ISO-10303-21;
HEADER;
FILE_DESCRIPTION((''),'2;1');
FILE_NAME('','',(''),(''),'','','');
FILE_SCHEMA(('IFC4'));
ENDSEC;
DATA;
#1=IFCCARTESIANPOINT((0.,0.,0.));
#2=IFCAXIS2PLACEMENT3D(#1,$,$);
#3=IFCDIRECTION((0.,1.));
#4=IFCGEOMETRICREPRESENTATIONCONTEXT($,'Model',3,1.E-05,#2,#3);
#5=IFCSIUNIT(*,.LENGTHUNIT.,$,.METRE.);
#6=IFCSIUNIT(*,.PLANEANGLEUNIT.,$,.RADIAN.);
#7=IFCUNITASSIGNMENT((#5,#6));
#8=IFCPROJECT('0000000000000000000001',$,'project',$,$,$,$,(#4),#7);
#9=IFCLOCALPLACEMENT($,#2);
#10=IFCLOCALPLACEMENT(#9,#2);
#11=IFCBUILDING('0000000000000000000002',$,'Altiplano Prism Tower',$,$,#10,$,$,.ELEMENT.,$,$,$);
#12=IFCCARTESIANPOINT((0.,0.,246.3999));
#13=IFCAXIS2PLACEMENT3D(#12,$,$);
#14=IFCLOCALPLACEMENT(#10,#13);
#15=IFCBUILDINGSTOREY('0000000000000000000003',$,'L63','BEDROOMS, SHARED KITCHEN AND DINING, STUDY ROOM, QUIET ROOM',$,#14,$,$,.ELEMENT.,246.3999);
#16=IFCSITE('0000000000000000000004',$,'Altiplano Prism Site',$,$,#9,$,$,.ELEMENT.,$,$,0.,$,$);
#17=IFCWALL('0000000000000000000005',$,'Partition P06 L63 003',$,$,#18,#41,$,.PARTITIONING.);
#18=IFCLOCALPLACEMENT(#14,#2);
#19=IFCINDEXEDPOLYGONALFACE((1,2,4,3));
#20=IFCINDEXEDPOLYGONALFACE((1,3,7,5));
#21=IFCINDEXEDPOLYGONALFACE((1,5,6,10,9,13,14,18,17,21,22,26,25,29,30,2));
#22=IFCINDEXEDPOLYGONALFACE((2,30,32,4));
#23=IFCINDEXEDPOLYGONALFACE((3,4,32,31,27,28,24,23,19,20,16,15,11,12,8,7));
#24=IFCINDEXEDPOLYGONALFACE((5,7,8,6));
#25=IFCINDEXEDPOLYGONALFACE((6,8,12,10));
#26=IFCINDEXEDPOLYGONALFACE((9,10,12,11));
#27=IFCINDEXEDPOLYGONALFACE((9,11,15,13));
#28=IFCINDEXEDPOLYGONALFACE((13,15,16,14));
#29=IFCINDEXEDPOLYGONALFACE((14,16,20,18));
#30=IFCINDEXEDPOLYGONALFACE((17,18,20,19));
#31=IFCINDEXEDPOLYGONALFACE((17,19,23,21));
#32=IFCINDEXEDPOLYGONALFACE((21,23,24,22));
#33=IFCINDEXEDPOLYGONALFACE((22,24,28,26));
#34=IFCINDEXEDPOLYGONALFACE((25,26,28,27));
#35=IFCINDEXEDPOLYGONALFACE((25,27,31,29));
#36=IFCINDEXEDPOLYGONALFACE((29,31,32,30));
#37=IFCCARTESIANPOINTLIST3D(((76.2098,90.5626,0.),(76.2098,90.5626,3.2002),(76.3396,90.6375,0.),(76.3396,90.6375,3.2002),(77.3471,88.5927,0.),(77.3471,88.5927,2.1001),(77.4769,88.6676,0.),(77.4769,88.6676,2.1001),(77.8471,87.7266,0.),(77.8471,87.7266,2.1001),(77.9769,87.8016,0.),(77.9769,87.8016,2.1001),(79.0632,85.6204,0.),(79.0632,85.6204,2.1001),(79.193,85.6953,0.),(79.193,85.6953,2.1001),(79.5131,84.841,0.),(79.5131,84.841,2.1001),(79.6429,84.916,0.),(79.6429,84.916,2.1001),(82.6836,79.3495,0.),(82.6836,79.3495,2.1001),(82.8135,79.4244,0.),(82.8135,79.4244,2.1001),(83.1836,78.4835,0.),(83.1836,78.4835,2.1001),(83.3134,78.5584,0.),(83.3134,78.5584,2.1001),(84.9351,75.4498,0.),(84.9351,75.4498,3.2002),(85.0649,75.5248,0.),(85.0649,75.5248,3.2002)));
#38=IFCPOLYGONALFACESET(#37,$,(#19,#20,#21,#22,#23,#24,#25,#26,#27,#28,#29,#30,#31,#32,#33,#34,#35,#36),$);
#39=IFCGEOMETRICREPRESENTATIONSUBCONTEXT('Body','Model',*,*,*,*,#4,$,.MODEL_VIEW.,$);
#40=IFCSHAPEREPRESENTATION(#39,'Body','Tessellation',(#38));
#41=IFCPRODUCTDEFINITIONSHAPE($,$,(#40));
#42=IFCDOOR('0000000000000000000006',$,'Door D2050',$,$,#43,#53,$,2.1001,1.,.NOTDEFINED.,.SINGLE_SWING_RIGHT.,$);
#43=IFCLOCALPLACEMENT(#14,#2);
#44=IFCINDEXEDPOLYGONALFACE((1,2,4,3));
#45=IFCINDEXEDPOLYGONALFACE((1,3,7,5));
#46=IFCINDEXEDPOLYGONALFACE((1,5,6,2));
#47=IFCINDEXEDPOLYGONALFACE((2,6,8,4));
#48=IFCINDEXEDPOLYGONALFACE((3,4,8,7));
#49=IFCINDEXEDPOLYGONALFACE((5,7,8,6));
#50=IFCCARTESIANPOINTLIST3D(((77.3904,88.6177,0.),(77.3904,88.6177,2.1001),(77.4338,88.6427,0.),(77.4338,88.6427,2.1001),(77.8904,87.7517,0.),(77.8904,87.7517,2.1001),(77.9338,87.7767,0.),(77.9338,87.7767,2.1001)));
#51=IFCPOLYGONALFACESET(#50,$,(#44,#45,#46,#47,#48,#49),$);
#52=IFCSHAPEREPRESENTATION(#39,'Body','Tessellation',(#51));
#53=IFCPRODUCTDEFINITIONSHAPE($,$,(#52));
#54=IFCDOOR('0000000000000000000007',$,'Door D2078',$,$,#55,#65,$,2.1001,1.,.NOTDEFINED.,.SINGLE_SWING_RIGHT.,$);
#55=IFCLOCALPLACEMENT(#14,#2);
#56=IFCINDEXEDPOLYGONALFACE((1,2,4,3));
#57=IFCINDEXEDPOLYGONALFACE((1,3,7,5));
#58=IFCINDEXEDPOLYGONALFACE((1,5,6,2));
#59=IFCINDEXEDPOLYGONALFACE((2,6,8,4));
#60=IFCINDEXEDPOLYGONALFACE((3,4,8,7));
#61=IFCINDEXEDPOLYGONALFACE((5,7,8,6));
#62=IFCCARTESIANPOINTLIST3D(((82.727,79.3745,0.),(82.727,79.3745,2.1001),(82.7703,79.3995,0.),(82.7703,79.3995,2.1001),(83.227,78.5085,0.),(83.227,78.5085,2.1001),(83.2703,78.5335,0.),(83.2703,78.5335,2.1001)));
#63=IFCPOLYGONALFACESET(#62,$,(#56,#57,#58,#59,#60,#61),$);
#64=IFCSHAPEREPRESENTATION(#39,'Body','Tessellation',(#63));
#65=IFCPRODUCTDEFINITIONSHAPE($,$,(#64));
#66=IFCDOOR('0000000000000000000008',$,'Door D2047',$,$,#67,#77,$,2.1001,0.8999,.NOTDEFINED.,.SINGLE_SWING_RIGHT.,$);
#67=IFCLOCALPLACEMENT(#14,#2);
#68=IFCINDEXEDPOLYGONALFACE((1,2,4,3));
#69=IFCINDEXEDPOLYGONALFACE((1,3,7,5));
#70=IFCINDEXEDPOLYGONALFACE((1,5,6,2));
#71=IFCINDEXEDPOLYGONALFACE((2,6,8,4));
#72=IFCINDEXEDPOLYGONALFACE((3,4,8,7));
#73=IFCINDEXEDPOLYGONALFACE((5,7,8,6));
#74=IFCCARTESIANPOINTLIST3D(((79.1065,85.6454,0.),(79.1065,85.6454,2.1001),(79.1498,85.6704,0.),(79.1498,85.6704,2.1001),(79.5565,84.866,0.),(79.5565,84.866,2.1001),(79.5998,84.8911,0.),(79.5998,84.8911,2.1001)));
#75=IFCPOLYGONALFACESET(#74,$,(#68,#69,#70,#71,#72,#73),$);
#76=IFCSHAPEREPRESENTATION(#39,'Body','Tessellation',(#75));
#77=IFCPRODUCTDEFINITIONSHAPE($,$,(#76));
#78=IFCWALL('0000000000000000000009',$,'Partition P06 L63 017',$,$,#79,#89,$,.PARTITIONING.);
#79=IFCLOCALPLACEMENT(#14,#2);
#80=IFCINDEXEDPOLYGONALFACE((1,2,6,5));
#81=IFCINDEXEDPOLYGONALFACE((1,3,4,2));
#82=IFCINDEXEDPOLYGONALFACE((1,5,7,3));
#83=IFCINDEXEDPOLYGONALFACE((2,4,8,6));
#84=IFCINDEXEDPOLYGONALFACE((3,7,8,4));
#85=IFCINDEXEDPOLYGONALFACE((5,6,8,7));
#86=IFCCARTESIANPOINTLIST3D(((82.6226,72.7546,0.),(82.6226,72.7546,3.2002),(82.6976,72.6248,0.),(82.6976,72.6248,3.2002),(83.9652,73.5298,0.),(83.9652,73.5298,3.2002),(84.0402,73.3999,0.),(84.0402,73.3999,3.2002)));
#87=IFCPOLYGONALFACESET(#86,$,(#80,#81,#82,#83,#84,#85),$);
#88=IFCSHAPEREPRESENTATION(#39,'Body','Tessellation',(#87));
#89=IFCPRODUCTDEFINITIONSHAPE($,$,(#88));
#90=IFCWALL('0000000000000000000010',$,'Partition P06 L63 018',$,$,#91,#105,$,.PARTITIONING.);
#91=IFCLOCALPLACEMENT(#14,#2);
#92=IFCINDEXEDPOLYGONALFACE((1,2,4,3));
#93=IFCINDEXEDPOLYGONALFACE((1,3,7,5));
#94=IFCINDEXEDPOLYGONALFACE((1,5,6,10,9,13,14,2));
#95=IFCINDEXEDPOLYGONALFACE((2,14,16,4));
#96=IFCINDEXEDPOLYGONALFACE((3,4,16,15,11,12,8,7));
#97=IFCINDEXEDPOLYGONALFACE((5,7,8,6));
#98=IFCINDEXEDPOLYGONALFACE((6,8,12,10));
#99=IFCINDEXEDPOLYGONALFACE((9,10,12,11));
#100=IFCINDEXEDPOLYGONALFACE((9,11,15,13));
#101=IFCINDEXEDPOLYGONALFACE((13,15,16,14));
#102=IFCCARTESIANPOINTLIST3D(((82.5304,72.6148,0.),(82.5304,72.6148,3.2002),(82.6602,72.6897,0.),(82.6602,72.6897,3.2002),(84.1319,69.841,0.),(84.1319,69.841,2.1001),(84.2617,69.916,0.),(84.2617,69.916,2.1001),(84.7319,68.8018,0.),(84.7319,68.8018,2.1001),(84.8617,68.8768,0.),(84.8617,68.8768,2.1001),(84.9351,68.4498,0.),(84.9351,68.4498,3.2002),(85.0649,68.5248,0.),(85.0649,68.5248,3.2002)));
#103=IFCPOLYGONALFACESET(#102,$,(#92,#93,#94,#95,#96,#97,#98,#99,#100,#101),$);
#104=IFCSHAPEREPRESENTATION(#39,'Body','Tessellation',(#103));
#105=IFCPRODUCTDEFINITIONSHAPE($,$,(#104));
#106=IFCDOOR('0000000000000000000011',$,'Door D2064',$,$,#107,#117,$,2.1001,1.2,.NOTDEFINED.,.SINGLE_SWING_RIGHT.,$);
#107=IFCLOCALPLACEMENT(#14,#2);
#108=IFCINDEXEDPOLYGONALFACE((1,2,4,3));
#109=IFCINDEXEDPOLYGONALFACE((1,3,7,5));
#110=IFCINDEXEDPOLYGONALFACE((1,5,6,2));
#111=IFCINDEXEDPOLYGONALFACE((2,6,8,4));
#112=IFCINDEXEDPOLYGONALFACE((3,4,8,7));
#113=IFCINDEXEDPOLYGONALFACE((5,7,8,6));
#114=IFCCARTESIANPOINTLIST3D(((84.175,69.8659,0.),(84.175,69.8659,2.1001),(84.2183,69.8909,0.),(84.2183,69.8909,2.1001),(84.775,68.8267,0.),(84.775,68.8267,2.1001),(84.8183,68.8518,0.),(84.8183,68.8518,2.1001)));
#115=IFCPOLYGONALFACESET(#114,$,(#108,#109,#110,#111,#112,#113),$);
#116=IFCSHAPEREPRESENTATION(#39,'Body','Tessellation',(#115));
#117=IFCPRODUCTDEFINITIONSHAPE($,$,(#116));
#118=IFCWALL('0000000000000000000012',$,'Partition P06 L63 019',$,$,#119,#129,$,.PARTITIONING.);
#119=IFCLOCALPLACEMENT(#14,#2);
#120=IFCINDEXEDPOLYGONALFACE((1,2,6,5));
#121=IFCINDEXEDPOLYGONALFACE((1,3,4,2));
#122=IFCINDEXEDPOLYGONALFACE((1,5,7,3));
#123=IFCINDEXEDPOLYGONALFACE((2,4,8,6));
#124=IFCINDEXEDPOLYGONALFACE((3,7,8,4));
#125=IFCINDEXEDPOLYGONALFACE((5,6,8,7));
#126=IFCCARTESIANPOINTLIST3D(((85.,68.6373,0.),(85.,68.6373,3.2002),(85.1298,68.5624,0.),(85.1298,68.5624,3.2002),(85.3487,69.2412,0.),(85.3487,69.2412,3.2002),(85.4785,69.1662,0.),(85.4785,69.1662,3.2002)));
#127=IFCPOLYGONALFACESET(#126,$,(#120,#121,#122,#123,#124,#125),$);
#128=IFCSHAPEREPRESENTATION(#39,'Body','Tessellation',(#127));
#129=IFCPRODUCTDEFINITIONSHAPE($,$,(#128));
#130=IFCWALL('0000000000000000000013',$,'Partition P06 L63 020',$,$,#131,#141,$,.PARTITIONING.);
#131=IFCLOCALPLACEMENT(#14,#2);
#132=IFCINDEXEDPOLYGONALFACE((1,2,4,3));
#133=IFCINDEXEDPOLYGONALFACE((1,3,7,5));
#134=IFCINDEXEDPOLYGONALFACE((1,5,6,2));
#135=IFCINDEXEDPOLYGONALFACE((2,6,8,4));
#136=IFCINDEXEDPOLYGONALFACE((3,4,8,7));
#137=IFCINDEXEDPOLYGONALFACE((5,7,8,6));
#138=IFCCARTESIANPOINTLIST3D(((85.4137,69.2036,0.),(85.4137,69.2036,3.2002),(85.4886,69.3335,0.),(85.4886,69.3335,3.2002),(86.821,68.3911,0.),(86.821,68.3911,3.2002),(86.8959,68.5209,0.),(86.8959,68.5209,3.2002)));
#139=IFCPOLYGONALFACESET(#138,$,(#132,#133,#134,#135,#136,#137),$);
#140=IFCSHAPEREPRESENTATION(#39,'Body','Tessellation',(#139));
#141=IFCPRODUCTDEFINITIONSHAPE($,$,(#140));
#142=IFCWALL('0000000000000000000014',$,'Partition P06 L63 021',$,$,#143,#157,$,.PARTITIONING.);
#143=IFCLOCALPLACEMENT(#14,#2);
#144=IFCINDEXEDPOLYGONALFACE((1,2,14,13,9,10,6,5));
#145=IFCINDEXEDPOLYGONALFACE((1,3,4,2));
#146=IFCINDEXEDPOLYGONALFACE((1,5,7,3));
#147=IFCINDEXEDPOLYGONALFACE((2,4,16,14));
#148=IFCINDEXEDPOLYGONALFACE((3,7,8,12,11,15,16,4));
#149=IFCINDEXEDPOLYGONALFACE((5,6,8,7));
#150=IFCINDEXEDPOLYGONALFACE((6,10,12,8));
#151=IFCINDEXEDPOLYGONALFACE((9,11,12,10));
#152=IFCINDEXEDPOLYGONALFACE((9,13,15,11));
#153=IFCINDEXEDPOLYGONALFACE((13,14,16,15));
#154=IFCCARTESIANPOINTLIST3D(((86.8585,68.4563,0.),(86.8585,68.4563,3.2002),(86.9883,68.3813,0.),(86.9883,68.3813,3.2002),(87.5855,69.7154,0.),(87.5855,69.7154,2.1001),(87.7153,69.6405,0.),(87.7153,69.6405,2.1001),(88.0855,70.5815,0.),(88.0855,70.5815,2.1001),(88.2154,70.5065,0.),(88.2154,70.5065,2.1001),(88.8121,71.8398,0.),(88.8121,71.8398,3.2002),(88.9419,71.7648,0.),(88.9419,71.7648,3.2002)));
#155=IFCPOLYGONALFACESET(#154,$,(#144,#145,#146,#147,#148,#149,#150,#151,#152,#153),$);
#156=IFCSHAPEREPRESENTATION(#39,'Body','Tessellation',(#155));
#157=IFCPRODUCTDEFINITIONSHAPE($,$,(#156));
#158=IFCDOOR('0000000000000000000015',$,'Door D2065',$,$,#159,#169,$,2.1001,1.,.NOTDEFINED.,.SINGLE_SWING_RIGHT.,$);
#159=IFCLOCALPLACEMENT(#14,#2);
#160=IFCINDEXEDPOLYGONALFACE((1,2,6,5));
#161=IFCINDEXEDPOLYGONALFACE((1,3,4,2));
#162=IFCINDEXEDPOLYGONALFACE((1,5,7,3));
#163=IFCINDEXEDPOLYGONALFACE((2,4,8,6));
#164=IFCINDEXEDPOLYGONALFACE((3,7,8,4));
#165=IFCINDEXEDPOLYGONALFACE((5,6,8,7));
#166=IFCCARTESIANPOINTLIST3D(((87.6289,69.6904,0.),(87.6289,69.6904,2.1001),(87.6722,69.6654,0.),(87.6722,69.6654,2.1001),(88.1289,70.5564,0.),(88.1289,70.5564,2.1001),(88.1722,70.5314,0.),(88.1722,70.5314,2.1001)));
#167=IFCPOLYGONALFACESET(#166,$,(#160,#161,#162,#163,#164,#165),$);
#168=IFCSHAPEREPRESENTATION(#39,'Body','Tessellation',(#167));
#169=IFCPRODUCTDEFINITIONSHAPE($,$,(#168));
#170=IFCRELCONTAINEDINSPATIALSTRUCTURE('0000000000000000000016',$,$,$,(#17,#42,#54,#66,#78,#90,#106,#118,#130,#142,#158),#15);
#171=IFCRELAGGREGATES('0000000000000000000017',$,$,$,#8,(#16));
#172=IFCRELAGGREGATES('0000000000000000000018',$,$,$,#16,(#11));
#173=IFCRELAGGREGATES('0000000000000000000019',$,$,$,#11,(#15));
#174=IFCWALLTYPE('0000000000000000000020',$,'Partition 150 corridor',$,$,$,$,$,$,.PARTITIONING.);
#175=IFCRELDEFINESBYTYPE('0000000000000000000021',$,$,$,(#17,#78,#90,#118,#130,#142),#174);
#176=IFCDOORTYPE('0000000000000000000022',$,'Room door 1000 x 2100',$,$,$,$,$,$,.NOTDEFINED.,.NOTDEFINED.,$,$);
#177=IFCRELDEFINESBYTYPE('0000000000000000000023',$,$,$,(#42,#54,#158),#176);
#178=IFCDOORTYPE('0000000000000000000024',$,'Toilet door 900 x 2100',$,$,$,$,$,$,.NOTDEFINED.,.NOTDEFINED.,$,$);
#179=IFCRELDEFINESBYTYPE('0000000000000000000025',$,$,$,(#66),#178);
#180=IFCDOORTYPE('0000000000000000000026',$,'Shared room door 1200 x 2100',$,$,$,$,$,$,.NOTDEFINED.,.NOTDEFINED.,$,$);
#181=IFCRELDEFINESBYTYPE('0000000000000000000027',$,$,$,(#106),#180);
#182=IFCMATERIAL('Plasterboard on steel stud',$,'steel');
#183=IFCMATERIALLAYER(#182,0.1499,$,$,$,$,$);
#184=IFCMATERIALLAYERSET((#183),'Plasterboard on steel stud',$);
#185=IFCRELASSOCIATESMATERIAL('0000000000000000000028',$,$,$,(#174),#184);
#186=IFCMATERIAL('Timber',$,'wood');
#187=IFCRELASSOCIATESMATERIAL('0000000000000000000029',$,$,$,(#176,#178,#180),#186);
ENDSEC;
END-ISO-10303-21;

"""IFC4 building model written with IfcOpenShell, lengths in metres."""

from ifc_helpers import new_model, si_unit, direction, frame, frame_2d, origin, place, context, subcontext, project, spatial, rectangle, extrude, material, layer, layer_set, type_object, element, fill, save


model = new_model("IFC4")

# Units and contexts
model_context = context("Model", 3, precision=1e-05, world=origin(), true_north=direction((0.0, 1.0)))
body_context = subcontext(model_context, "Body", "Model", "MODEL_VIEW")
ifc_project = project(units=[si_unit("LENGTHUNIT", "METRE"), si_unit("PLANEANGLEUNIT", "RADIAN")], contexts=[model_context])

# Site, building, storey
site_placement = place(None, origin())
site = spatial("IfcSite", under=ifc_project, at=site_placement, Name="Altiplano Prism Site", CompositionType="ELEMENT", RefElevation=0.0)
building_placement = place(site_placement, origin())
building = spatial("IfcBuilding", under=site, at=building_placement, Name="Altiplano Prism Tower", CompositionType="ELEMENT")
storey_placement = place(building_placement, frame((0.0, 0.0, 246.3999)))
storey = spatial("IfcBuildingStorey", under=building, at=storey_placement, Name="L63", Description="BEDROOMS, SHARED KITCHEN AND DINING, STUDY ROOM, QUIET ROOM", CompositionType="ELEMENT", Elevation=246.3999)

# Shared definitions
ifc_material_1 = material(Name="Plasterboard on steel stud", Category="steel")

# Shared definitions
ifc_material_2 = material(Name="Timber", Category="wood")

# Wall, openings, doors
ifc_layer_1 = layer(ifc_material_1, 0.1499)
ifc_layer_set_1 = layer_set([ifc_layer_1], Name="Plasterboard on steel stud")
wall_type_1 = type_object("IfcWallType", Name="Partition 150 corridor", PredefinedType="PARTITIONING", material=ifc_layer_set_1)
wall_1_placement = place(storey_placement, frame((85.0, 75.4873, 0.0), z_axis=(0.0, 0.0, 1.0), x_axis=(-0.499999, 0.866026, 0.0)))
wall_1 = element("IfcWall", 1, at=wall_1_placement, inside=storey, type_object=wall_type_1, Name="Partition P06 L63 003", PredefinedType="PARTITIONING", context=body_context, shape_type="SweptSolid", body=[
    extrude(rectangle(XDim=17.4507, YDim=0.1499, at=frame_2d((8.7253, 0.0))), origin(), (0.0, 0.0, 1.0), 3.2002),
])
opening_1_placement = place(wall_1_placement, frame((10.844, 0.0, 0.0)))
opening_1 = element("IfcOpeningElement", 2, at=opening_1_placement, cuts=wall_1, PredefinedType="OPENING", context=body_context, shape_type="SweptSolid", body=[
    extrude(rectangle(XDim=0.8999, YDim=2.1001, at=frame_2d((0.45, 1.05))), frame((0.0, 0.0854, 0.0), z_axis=(0.0, -1.0, 0.0), x_axis=(1.0, 0.0, 0.0)), (0.0, 0.0, 1.0), 0.1709),
])
opening_2_placement = place(wall_1_placement, frame((14.176, 0.0, 0.0)))
opening_2 = element("IfcOpeningElement", 3, at=opening_2_placement, cuts=wall_1, PredefinedType="OPENING", context=body_context, shape_type="SweptSolid", body=[
    extrude(rectangle(XDim=1.0, YDim=2.1001, at=frame_2d((0.5, 1.05))), frame((0.0, 0.0854, 0.0), z_axis=(0.0, -1.0, 0.0), x_axis=(1.0, 0.0, 0.0)), (0.0, 0.0, 1.0), 0.1709),
])
opening_3_placement = place(wall_1_placement, frame((3.5029, 0.0, 0.0)))
opening_3 = element("IfcOpeningElement", 4, at=opening_3_placement, cuts=wall_1, PredefinedType="OPENING", context=body_context, shape_type="SweptSolid", body=[
    extrude(rectangle(XDim=1.0, YDim=2.1001, at=frame_2d((0.5, 1.05))), frame((0.0, 0.0854, 0.0), z_axis=(0.0, -1.0, 0.0), x_axis=(1.0, 0.0, 0.0)), (0.0, 0.0, 1.0), 0.1709),
])
door_type_1 = type_object("IfcDoorType", Name="Room door 1000 x 2100", OperationType="NOTDEFINED", PredefinedType="NOTDEFINED", material=ifc_material_2)
door_1_placement = place(opening_2_placement, origin())
door_1 = element("IfcDoor", 5, at=door_1_placement, inside=storey, type_object=door_type_1, Name="Door D2050", OperationType="SINGLE_SWING_RIGHT", OverallHeight=2.1001, OverallWidth=1.0, PredefinedType="NOTDEFINED", context=body_context, shape_type="SweptSolid", body=[
    extrude(rectangle(XDim=1.0, YDim=2.1001, at=frame_2d((0.5, 1.05))), frame((0.0, 0.0249, 0.0), z_axis=(0.0, -1.0, 0.0), x_axis=(1.0, 0.0, 0.0)), (0.0, 0.0, 1.0), 0.05),
])
fill(opening_2, door_1)
door_2_placement = place(opening_3_placement, origin())
door_2 = element("IfcDoor", 6, at=door_2_placement, inside=storey, type_object=door_type_1, Name="Door D2078", OperationType="SINGLE_SWING_RIGHT", OverallHeight=2.1001, OverallWidth=1.0, PredefinedType="NOTDEFINED", context=body_context, shape_type="SweptSolid", body=[
    extrude(rectangle(XDim=1.0, YDim=2.1001, at=frame_2d((0.5, 1.05))), frame((0.0, 0.0249, 0.0), z_axis=(0.0, -1.0, 0.0), x_axis=(1.0, 0.0, 0.0)), (0.0, 0.0, 1.0), 0.05),
])
fill(opening_3, door_2)
door_type_2 = type_object("IfcDoorType", Name="Toilet door 900 x 2100", OperationType="NOTDEFINED", PredefinedType="NOTDEFINED", material=ifc_material_2)
door_3_placement = place(opening_1_placement, origin())
door_3 = element("IfcDoor", 7, at=door_3_placement, inside=storey, type_object=door_type_2, Name="Door D2047", OperationType="SINGLE_SWING_RIGHT", OverallHeight=2.1001, OverallWidth=0.8999, PredefinedType="NOTDEFINED", context=body_context, shape_type="SweptSolid", body=[
    extrude(rectangle(XDim=0.8999, YDim=2.1001, at=frame_2d((0.45, 1.05))), frame((0.0, 0.0249, 0.0), z_axis=(0.0, -1.0, 0.0), x_axis=(1.0, 0.0, 0.0)), (0.0, 0.0, 1.0), 0.05),
])
fill(opening_1, door_3)

# Wall
wall_2_placement = place(storey_placement, frame((84.0027, 73.4648, 0.0), z_axis=(0.0, 0.0, 1.0), x_axis=(-0.866015, -0.500018, 0.0)))
element("IfcWall", 8, at=wall_2_placement, inside=storey, type_object=wall_type_1, Name="Partition P06 L63 017", PredefinedType="PARTITIONING", context=body_context, shape_type="SweptSolid", body=[
    extrude(rectangle(XDim=1.5503, YDim=0.1499, at=frame_2d((0.7751, 0.0))), origin(), (0.0, 0.0, 1.0), 3.2002),
])

# Wall, opening, door
wall_3_placement = place(storey_placement, frame((82.5952, 72.6523, 0.0), z_axis=(0.0, 0.0, 1.0), x_axis=(0.500015, -0.866017, 0.0)))
wall_3 = element("IfcWall", 9, at=wall_3_placement, inside=storey, type_object=wall_type_1, Name="Partition P06 L63 018", PredefinedType="PARTITIONING", context=body_context, shape_type="SweptSolid", body=[
    extrude(rectangle(XDim=4.8093, YDim=0.1499, at=frame_2d((2.4048, 0.0))), origin(), (0.0, 0.0, 1.0), 3.2002),
])
opening_4_placement = place(wall_3_placement, frame((3.2029, 0.0, 0.0)))
opening_4 = element("IfcOpeningElement", 10, at=opening_4_placement, cuts=wall_3, PredefinedType="OPENING", context=body_context, shape_type="SweptSolid", body=[
    extrude(rectangle(XDim=1.2, YDim=2.1001, at=frame_2d((0.6001, 1.05))), frame((0.0, 0.0854, 0.0), z_axis=(0.0, -1.0, 0.0), x_axis=(1.0, 0.0, 0.0)), (0.0, 0.0, 1.0), 0.1709),
])
door_type_3 = type_object("IfcDoorType", Name="Shared room door 1200 x 2100", OperationType="NOTDEFINED", PredefinedType="NOTDEFINED", material=ifc_material_2)
door_4_placement = place(opening_4_placement, origin())
door_4 = element("IfcDoor", 11, at=door_4_placement, inside=storey, type_object=door_type_3, Name="Door D2064", OperationType="SINGLE_SWING_RIGHT", OverallHeight=2.1001, OverallWidth=1.2, PredefinedType="NOTDEFINED", context=body_context, shape_type="SweptSolid", body=[
    extrude(rectangle(XDim=1.2, YDim=2.1001, at=frame_2d((0.6001, 1.05))), frame((0.0, 0.0249, 0.0), z_axis=(0.0, -1.0, 0.0), x_axis=(1.0, 0.0, 0.0)), (0.0, 0.0, 1.0), 0.05),
])
fill(opening_4, door_4)

# Walls
wall_4_placement = place(storey_placement, frame((85.0649, 68.5999, 0.0), z_axis=(0.0, 0.0, 1.0), x_axis=(0.500056, 0.865993, 0.0)))
element("IfcWall", 12, at=wall_4_placement, inside=storey, type_object=wall_type_1, Name="Partition P06 L63 019", PredefinedType="PARTITIONING", context=body_context, shape_type="SweptSolid", body=[
    extrude(rectangle(XDim=0.6973, YDim=0.1499, at=frame_2d((0.3486, 0.0))), origin(), (0.0, 0.0, 1.0), 3.2002),
])
wall_5_placement = place(storey_placement, frame((85.4512, 69.2686, 0.0), z_axis=(0.0, 0.0, 1.0), x_axis=(0.866015, -0.500017, 0.0)))
element("IfcWall", 13, at=wall_5_placement, inside=storey, type_object=wall_type_1, Name="Partition P06 L63 020", PredefinedType="PARTITIONING", context=body_context, shape_type="SweptSolid", body=[
    extrude(rectangle(XDim=1.625, YDim=0.1499, at=frame_2d((0.8125, 0.0))), origin(), (0.0, 0.0, 1.0), 3.2002),
])

# Wall, opening, door
wall_6_placement = place(storey_placement, frame((86.9233, 68.4187, 0.0), z_axis=(0.0, 0.0, 1.0), x_axis=(0.500024, 0.866012, 0.0)))
wall_6 = element("IfcWall", 14, at=wall_6_placement, inside=storey, type_object=wall_type_1, Name="Partition P06 L63 021", PredefinedType="PARTITIONING", context=body_context, shape_type="SweptSolid", body=[
    extrude(rectangle(XDim=3.907, YDim=0.1499, at=frame_2d((1.9536, 0.0))), origin(), (0.0, 0.0, 1.0), 3.2002),
])
opening_5_placement = place(wall_6_placement, frame((1.4541, 0.0, 0.0)))
opening_5 = element("IfcOpeningElement", 15, at=opening_5_placement, cuts=wall_6, PredefinedType="OPENING", context=body_context, shape_type="SweptSolid", body=[
    extrude(rectangle(XDim=1.0, YDim=2.1001, at=frame_2d((0.5, 1.05))), frame((0.0, 0.0854, 0.0), z_axis=(0.0, -1.0, 0.0), x_axis=(1.0, 0.0, 0.0)), (0.0, 0.0, 1.0), 0.1709),
])
door_5_placement = place(opening_5_placement, origin())
door_5 = element("IfcDoor", 16, at=door_5_placement, inside=storey, type_object=door_type_1, Name="Door D2065", OperationType="SINGLE_SWING_RIGHT", OverallHeight=2.1001, OverallWidth=1.0, PredefinedType="NOTDEFINED", context=body_context, shape_type="SweptSolid", body=[
    extrude(rectangle(XDim=1.0, YDim=2.1001, at=frame_2d((0.5, 1.05))), frame((0.0, 0.0249, 0.0), z_axis=(0.0, -1.0, 0.0), x_axis=(1.0, 0.0, 0.0)), (0.0, 0.0, 1.0), 0.05),
])
fill(opening_5, door_5)

save(model, "model.ifc")
